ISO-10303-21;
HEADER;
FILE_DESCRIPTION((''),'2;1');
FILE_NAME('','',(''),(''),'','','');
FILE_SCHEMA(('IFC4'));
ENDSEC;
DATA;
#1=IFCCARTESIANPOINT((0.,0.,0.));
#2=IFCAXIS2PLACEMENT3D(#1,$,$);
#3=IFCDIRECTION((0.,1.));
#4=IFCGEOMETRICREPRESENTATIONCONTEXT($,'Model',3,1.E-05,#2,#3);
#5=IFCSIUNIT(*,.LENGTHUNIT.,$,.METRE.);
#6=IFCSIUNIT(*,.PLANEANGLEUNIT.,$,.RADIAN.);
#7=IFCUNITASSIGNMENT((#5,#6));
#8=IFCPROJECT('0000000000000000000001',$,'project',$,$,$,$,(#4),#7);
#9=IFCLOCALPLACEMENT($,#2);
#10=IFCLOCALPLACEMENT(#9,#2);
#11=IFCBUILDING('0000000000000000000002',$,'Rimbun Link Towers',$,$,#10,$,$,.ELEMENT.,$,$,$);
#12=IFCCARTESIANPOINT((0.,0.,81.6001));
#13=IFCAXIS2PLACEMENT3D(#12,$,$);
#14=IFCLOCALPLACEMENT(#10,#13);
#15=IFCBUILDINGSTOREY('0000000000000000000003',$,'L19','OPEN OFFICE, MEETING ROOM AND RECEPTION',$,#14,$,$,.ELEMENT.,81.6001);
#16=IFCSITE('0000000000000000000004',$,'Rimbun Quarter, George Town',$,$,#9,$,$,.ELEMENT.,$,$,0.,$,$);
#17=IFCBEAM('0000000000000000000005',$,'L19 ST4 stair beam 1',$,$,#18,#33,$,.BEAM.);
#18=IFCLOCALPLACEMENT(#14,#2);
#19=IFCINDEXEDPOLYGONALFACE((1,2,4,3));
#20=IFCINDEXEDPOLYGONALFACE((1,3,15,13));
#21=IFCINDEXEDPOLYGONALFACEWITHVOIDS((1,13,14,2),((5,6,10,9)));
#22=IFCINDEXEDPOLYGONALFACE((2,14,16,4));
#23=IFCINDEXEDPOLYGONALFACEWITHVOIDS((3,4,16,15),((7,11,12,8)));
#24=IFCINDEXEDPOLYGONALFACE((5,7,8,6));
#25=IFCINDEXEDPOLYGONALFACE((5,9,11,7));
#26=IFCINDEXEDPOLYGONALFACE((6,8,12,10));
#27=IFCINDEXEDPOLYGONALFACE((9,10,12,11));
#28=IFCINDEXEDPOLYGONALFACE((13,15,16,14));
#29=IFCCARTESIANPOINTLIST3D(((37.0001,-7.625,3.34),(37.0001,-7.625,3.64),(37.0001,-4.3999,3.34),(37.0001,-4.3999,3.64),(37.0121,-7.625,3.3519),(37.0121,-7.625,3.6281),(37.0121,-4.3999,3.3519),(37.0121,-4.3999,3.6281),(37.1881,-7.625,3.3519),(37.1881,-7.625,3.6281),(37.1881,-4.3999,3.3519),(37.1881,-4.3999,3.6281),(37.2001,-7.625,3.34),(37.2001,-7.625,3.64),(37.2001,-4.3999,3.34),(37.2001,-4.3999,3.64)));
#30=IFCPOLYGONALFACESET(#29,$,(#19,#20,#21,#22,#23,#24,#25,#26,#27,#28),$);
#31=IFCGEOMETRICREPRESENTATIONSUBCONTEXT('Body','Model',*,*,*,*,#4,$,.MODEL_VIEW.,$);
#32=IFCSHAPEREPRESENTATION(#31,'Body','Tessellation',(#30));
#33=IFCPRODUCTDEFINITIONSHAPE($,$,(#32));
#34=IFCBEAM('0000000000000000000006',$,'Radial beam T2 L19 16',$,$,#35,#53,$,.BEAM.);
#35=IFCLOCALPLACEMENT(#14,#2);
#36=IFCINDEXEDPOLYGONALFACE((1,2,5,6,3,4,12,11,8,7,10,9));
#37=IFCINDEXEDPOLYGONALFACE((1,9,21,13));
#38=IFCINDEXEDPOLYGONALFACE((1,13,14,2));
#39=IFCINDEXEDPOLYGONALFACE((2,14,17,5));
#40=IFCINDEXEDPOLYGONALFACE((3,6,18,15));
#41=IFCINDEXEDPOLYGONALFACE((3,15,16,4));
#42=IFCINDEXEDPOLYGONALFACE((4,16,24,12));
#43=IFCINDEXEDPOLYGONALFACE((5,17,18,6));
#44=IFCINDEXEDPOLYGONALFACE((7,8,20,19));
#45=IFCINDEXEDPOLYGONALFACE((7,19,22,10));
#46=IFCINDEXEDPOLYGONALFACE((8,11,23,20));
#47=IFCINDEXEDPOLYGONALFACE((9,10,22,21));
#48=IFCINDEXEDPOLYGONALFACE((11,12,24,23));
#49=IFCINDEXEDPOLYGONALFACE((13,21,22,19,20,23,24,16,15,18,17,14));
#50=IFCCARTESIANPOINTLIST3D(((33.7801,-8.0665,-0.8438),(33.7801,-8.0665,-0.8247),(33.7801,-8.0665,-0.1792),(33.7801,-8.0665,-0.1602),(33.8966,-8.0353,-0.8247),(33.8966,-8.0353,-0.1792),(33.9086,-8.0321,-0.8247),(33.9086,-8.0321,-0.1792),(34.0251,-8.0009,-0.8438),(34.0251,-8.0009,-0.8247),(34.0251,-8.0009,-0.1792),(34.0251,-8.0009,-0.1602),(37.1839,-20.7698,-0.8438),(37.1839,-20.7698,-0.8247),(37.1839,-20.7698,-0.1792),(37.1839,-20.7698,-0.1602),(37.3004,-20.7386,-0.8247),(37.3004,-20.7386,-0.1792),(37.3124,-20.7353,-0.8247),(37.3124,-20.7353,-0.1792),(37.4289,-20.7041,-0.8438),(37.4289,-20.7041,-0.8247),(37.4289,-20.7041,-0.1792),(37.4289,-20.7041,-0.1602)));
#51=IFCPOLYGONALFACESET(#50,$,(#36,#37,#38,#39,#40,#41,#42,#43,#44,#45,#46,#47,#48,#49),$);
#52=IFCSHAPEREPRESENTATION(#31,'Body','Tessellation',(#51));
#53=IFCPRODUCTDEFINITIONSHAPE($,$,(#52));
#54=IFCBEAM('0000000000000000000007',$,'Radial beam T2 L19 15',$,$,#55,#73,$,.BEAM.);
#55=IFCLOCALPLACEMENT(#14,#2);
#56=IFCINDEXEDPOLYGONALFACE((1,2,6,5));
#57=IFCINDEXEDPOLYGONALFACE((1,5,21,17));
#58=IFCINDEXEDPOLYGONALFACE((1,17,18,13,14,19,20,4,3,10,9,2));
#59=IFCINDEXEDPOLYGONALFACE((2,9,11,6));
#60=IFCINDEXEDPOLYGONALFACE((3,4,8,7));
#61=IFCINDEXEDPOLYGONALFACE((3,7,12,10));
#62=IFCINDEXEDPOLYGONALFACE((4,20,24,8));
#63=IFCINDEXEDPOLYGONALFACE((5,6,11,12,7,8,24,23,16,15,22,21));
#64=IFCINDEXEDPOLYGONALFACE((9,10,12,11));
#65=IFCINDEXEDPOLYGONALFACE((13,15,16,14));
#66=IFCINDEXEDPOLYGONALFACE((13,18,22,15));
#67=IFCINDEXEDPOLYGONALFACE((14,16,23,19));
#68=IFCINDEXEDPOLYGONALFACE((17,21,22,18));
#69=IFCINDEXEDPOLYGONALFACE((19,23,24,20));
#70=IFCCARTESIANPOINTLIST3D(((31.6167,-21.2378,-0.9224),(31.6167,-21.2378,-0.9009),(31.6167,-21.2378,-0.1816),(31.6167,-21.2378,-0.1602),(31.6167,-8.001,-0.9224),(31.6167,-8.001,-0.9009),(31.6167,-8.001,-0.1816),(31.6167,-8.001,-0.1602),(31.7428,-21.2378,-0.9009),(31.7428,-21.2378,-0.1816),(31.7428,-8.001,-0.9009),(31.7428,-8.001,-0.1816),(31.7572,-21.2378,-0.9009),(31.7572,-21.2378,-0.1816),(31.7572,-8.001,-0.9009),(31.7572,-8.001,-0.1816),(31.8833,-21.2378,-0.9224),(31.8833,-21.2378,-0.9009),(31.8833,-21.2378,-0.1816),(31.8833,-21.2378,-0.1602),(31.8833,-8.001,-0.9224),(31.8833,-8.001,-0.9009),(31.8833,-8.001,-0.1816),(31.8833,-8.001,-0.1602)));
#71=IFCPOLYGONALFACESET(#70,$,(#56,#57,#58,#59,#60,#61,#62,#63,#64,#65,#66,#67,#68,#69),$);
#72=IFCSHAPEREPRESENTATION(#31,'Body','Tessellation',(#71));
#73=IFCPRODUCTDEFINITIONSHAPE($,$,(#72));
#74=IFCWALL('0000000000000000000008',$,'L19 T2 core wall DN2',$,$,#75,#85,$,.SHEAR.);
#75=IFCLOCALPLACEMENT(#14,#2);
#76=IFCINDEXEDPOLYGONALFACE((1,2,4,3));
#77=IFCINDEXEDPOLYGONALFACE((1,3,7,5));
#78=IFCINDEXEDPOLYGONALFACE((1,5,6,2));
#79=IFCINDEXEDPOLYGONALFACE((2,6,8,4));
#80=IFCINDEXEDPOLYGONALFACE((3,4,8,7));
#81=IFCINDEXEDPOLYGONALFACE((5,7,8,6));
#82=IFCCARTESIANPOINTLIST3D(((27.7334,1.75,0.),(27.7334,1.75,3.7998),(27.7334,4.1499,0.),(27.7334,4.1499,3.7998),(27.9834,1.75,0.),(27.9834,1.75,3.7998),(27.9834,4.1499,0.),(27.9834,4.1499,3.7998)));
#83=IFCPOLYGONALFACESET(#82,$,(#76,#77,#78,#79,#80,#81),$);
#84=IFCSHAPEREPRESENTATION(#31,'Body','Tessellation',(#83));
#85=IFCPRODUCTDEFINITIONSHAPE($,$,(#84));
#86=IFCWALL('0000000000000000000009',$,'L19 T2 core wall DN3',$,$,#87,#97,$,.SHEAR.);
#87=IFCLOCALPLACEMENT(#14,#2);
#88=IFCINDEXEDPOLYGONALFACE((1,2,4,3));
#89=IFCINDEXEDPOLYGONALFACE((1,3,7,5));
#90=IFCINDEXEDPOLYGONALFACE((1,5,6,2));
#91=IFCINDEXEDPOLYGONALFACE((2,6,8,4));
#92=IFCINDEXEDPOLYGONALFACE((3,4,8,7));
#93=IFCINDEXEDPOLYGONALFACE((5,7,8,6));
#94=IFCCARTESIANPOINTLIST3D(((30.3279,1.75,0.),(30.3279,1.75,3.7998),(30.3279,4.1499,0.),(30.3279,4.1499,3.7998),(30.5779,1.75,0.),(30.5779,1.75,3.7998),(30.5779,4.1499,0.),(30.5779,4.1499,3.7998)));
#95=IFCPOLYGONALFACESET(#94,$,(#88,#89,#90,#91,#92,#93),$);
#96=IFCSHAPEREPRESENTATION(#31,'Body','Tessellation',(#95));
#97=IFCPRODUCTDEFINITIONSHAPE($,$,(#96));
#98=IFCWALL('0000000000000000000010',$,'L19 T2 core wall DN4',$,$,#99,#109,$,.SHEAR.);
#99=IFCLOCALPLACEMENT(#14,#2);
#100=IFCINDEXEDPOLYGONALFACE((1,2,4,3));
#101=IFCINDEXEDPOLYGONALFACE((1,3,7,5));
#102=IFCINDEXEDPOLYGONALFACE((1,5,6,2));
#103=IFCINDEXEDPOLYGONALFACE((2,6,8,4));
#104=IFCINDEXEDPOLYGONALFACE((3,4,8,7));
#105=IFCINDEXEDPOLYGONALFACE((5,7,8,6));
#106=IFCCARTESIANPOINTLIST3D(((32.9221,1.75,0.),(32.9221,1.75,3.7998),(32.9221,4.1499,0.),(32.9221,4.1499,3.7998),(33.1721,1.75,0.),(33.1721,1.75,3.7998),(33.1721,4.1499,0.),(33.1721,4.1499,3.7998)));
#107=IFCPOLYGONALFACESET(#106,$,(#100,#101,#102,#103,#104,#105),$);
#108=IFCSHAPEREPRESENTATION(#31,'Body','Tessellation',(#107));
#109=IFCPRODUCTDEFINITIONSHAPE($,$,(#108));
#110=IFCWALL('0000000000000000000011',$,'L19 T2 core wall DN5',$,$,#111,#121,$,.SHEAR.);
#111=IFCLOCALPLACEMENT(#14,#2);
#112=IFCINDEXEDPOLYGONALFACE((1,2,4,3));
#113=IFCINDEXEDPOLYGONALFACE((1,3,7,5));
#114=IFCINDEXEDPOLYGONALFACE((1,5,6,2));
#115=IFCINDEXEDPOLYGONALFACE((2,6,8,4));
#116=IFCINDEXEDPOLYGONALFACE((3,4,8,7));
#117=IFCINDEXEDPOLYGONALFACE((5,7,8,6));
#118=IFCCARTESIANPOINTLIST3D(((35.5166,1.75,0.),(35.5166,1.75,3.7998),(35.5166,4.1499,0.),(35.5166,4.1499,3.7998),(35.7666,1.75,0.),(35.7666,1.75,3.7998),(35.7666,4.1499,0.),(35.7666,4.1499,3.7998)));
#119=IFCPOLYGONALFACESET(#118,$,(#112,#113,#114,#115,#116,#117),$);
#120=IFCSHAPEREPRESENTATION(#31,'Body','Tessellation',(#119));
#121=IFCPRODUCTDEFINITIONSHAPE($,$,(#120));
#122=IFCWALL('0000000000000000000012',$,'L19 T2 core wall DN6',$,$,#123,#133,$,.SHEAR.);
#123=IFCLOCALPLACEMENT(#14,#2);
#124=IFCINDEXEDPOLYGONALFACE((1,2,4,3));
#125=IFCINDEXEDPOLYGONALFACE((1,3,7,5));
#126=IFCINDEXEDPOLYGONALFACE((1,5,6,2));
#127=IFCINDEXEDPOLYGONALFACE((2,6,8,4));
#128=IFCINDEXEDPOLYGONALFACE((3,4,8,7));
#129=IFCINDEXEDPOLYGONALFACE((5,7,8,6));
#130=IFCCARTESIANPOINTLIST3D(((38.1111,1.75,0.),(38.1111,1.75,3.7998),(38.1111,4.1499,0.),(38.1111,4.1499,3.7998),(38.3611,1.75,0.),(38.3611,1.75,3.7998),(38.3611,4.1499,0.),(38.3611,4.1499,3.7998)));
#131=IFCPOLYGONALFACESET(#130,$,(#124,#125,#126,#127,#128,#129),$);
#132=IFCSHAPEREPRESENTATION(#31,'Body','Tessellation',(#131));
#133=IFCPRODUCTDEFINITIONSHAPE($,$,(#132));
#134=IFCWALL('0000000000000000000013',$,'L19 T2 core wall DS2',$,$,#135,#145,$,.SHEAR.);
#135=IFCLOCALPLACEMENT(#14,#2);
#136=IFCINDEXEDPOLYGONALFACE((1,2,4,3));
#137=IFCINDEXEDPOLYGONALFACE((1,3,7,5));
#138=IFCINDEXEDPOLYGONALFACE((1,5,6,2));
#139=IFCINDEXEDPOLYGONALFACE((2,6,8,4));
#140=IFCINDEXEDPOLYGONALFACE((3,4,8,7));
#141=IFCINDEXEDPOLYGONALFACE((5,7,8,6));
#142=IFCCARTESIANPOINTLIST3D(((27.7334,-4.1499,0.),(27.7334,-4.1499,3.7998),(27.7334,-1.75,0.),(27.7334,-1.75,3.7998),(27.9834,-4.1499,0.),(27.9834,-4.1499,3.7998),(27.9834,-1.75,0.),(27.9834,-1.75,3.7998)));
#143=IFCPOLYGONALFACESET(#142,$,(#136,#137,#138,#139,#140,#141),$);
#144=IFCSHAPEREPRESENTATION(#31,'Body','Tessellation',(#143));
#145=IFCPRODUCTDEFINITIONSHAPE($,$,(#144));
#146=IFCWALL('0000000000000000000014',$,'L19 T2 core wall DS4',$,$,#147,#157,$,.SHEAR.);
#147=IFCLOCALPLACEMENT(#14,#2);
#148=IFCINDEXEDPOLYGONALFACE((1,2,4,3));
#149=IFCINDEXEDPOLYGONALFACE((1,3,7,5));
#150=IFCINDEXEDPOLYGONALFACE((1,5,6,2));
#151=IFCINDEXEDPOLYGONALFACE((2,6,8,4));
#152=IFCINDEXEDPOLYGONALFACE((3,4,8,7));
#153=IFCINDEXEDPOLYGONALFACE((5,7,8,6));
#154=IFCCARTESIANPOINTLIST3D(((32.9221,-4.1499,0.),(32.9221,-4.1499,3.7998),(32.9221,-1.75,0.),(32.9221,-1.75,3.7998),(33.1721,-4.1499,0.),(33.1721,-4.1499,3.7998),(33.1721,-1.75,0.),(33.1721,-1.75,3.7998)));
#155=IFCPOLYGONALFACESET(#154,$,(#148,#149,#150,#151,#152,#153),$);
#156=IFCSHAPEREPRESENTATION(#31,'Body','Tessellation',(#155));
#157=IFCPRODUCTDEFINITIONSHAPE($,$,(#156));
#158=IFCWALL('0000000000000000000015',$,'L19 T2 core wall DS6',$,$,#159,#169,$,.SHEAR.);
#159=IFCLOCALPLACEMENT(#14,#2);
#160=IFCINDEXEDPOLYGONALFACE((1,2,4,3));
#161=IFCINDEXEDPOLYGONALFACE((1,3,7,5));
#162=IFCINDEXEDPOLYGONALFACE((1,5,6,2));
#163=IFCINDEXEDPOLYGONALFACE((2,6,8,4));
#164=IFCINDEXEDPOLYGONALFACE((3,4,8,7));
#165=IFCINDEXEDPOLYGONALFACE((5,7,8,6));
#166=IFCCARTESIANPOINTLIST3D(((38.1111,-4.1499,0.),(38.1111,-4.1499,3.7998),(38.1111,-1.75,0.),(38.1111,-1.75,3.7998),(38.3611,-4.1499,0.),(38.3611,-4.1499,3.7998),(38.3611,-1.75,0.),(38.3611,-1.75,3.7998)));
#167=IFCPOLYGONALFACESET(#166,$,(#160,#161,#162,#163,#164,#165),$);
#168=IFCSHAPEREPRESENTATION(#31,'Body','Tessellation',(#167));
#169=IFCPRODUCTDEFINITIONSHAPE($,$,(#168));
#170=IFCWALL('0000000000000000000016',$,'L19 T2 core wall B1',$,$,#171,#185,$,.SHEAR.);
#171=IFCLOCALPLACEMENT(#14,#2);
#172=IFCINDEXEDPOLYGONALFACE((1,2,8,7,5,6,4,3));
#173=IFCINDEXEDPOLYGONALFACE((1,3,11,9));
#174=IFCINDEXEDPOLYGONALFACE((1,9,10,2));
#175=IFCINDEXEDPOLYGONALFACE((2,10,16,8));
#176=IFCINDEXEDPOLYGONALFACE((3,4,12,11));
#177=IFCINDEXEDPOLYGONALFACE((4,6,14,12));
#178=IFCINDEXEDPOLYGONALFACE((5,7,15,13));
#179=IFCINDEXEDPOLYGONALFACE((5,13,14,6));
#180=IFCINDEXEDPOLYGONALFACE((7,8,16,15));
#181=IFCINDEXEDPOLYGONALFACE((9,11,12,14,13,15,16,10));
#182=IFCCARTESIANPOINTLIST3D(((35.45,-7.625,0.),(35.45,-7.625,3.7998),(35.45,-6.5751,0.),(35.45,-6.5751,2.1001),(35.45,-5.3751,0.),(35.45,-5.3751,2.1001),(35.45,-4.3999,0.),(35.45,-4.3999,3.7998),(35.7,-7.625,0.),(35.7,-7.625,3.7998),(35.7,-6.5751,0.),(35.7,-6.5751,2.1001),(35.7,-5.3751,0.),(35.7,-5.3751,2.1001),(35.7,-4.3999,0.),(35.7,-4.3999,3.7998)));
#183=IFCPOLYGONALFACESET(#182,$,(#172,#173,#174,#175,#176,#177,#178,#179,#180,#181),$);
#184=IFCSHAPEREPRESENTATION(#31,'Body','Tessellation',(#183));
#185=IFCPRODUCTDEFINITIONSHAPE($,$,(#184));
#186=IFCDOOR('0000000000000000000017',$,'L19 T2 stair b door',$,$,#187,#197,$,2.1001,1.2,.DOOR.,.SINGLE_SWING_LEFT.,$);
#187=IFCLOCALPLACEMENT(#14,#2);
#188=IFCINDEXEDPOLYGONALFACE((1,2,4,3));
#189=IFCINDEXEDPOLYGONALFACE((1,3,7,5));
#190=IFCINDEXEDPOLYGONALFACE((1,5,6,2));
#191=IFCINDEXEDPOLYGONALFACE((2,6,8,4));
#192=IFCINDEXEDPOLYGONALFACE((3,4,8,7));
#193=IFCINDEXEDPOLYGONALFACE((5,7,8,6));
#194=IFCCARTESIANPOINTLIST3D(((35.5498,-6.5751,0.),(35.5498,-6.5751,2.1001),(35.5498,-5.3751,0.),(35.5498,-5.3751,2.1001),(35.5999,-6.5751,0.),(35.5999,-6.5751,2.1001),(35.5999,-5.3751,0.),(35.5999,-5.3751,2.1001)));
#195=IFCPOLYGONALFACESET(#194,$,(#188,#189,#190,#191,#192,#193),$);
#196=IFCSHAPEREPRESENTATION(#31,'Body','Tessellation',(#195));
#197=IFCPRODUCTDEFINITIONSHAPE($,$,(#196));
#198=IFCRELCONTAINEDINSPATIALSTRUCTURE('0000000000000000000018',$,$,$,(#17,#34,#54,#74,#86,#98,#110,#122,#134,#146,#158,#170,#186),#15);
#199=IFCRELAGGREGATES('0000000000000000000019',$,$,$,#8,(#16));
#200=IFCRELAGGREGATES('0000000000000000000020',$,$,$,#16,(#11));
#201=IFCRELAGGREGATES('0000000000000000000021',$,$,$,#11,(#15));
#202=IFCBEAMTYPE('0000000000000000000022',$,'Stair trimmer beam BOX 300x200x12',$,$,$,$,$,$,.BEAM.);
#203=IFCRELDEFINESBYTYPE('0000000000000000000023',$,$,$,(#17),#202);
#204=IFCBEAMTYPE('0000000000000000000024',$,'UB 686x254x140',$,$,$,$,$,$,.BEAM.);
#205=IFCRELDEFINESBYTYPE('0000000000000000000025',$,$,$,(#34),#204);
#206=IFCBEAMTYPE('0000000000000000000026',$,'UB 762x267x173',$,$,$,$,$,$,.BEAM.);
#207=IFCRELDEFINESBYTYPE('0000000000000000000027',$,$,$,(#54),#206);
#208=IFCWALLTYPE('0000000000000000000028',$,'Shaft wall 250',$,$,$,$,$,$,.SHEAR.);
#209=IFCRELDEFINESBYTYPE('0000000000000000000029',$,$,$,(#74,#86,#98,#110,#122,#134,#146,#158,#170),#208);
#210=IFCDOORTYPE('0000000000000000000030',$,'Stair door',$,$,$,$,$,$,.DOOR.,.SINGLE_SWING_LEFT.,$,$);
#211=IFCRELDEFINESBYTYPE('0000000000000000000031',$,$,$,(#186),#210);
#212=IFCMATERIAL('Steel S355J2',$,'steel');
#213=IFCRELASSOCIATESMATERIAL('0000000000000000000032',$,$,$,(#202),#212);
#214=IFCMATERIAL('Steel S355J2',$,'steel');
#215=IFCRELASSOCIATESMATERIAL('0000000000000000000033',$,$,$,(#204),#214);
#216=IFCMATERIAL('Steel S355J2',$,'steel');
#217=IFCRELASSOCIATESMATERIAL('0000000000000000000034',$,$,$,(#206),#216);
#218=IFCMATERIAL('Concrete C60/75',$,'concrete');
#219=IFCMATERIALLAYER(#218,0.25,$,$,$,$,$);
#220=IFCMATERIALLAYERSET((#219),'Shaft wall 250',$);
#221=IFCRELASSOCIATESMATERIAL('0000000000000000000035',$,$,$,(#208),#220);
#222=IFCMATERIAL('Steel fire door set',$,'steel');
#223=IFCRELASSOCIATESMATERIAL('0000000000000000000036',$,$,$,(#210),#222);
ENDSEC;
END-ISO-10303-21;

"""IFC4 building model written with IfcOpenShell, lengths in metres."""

from ifc_helpers import new_model, si_unit, direction, frame, frame_2d, origin, origin_2d, place, context, subcontext, project, spatial, rectangle, hollow_rectangle, i_section, extrude, material, layer, layer_set, material_profile, profile_set, type_object, element, fill, save


model = new_model("IFC4")

# Units and contexts
model_context = context("Model", 3, precision=1e-05, world=origin(), true_north=direction((0.0, 1.0)))
body_context = subcontext(model_context, "Body", "Model", "MODEL_VIEW")
ifc_project = project(units=[si_unit("LENGTHUNIT", "METRE"), si_unit("PLANEANGLEUNIT", "RADIAN")], contexts=[model_context])

# Site, building, storey
site_placement = place(None, origin())
site = spatial("IfcSite", under=ifc_project, at=site_placement, Name="Rimbun Quarter, George Town", CompositionType="ELEMENT", RefElevation=0.0)
building_placement = place(site_placement, origin())
building = spatial("IfcBuilding", under=site, at=building_placement, Name="Rimbun Link Towers", CompositionType="ELEMENT")
storey_placement = place(building_placement, frame((0.0, 0.0, 81.6001)))
storey = spatial("IfcBuildingStorey", under=building, at=storey_placement, Name="L19", Description="OPEN OFFICE, MEETING ROOM AND RECEPTION", CompositionType="ELEMENT", Elevation=81.6001)

# Beams
ifc_material_1 = material(Name="Steel S355J2", Category="steel")
ifc_material_profile_1 = material_profile(ifc_material_1, hollow_rectangle(XDim=0.2, YDim=0.3, WallThickness=0.012, at=origin_2d()), Name="BOX 300x200x12")
ifc_profile_set_1 = profile_set([ifc_material_profile_1], Name="Steel S355J2")
beam_type_1 = type_object("IfcBeamType", Name="Stair trimmer beam BOX 300x200x12", PredefinedType="BEAM", material=ifc_profile_set_1)
beam_1_placement = place(storey_placement, frame((37.1001, -7.625, 3.49), z_axis=(0.0, 1.0, 0.0), x_axis=(-1.0, 0.0, 0.0)))
element("IfcBeam", 1, at=beam_1_placement, inside=storey, type_object=beam_type_1, Name="L19 ST4 stair beam 1", PredefinedType="BEAM", context=body_context, shape_type="SweptSolid", body=[
    extrude(hollow_rectangle(XDim=0.2, YDim=0.3, WallThickness=0.012, at=origin_2d()), origin(), (0.0, 0.0, 1.0), 3.2251),
])
ifc_material_2 = material(Name="Steel S355J2", Category="steel")
ifc_material_profile_2 = material_profile(ifc_material_2, i_section(OverallWidth=0.2537, OverallDepth=0.6836, WebThickness=0.0125, FlangeThickness=0.019, at=origin_2d()), Name="UB 686x254x140")
ifc_profile_set_2 = profile_set([ifc_material_profile_2], Name="Steel S355J2")
beam_type_2 = type_object("IfcBeamType", Name="UB 686x254x140", PredefinedType="BEAM", material=ifc_profile_set_2)
beam_2_placement = place(storey_placement, frame((33.9026, -8.0337, -0.502), z_axis=(0.258816, -0.965927, 0.0), x_axis=(0.965927, 0.258816, 0.0)))
element("IfcBeam", 2, at=beam_2_placement, inside=storey, type_object=beam_type_2, Name="Radial beam T2 L19 16", PredefinedType="BEAM", context=body_context, shape_type="SweptSolid", body=[
    extrude(i_section(OverallWidth=0.2537, OverallDepth=0.6836, WebThickness=0.0125, FlangeThickness=0.019, at=origin_2d()), origin(), (0.0, 0.0, 1.0), 13.1514),
])
ifc_material_3 = material(Name="Steel S355J2", Category="steel")
ifc_material_profile_3 = material_profile(ifc_material_3, i_section(OverallWidth=0.2666, OverallDepth=0.7622, WebThickness=0.0144, FlangeThickness=0.0215, at=origin_2d()), Name="UB 762x267x173")
ifc_profile_set_3 = profile_set([ifc_material_profile_3], Name="Steel S355J2")
beam_type_3 = type_object("IfcBeamType", Name="UB 762x267x173", PredefinedType="BEAM", material=ifc_profile_set_3)
beam_3_placement = place(storey_placement, frame((31.75, -8.001, -0.5413), z_axis=(0.0, -1.0, 0.0), x_axis=(1.0, 0.0, 0.0)))
element("IfcBeam", 3, at=beam_3_placement, inside=storey, type_object=beam_type_3, Name="Radial beam T2 L19 15", PredefinedType="BEAM", context=body_context, shape_type="SweptSolid", body=[
    extrude(i_section(OverallWidth=0.2666, OverallDepth=0.7622, WebThickness=0.0144, FlangeThickness=0.0215, at=origin_2d()), origin(), (0.0, 0.0, 1.0), 13.2368),
])

# Walls
ifc_material_4 = material(Name="Concrete C60/75", Category="concrete")
ifc_layer = layer(ifc_material_4, 0.25)
ifc_layer_set = layer_set([ifc_layer], Name="Shaft wall 250")
wall_type = type_object("IfcWallType", Name="Shaft wall 250", PredefinedType="SHEAR", material=ifc_layer_set)
for number, where, z_axis, x_axis, name in (
    (4, (27.8584, 1.75, 0.0), (0.0, 0.0, 1.0), (0.0, 1.0, 0.0), "L19 T2 core wall DN2"),
    (5, (30.4529, 1.75, 0.0), (0.0, 0.0, 1.0), (0.0, 1.0, 0.0), "L19 T2 core wall DN3"),
    (6, (33.0471, 1.75, 0.0), (0.0, 0.0, 1.0), (0.0, 1.0, 0.0), "L19 T2 core wall DN4"),
    (7, (35.6416, 1.75, 0.0), (0.0, 0.0, 1.0), (0.0, 1.0, 0.0), "L19 T2 core wall DN5"),
    (8, (38.2361, 1.75, 0.0), (0.0, 0.0, 1.0), (0.0, 1.0, 0.0), "L19 T2 core wall DN6"),
    (9, (27.8584, -4.1499, 0.0), (0.0, 0.0, 1.0), (0.0, 1.0, 0.0), "L19 T2 core wall DS2"),
    (10, (33.0471, -4.1499, 0.0), (0.0, 0.0, 1.0), (0.0, 1.0, 0.0), "L19 T2 core wall DS4"),
    (11, (38.2361, -4.1499, 0.0), (0.0, 0.0, 1.0), (0.0, 1.0, 0.0), "L19 T2 core wall DS6"),
):
    element("IfcWall", number, at=place(storey_placement, frame(where, z_axis=z_axis, x_axis=x_axis)), inside=storey, type_object=wall_type, Name=name, PredefinedType="SHEAR", context=body_context, shape_type="SweptSolid", body=[
        extrude(rectangle(XDim=2.3999, YDim=0.25, at=frame_2d((1.2, 0.0))), origin(), (0.0, 0.0, 1.0), 3.7998),
    ])

# Wall, opening, door
wall_1_placement = place(storey_placement, frame((35.575, -4.3999, 0.0), z_axis=(0.0, 0.0, 1.0), x_axis=(0.0, -1.0, 0.0)))
wall_1 = element("IfcWall", 12, at=wall_1_placement, inside=storey, type_object=wall_type, Name="L19 T2 core wall B1", PredefinedType="SHEAR", context=body_context, shape_type="SweptSolid", body=[
    extrude(rectangle(XDim=3.2251, YDim=0.25, at=frame_2d((1.6125, 0.0))), origin(), (0.0, 0.0, 1.0), 3.7998),
])
opening_1_placement = place(wall_1_placement, frame((0.9751, 0.0, 0.0)))
opening_1 = element("IfcOpeningElement", 13, at=opening_1_placement, cuts=wall_1, PredefinedType="OPENING", context=body_context, shape_type="SweptSolid", body=[
    extrude(rectangle(XDim=1.2, YDim=2.1001, at=frame_2d((0.6001, 1.05))), frame((0.0, 0.135, 0.0), z_axis=(0.0, -1.0, 0.0), x_axis=(1.0, 0.0, 0.0)), (0.0, 0.0, 1.0), 0.27),
])
ifc_material_5 = material(Name="Steel fire door set", Category="steel")
door_type_1 = type_object("IfcDoorType", Name="Stair door", OperationType="SINGLE_SWING_LEFT", PredefinedType="DOOR", material=ifc_material_5)
door_1_placement = place(opening_1_placement, origin())
door_1 = element("IfcDoor", 14, at=door_1_placement, inside=storey, type_object=door_type_1, Name="L19 T2 stair b door", OperationType="SINGLE_SWING_LEFT", OverallHeight=2.1001, OverallWidth=1.2, PredefinedType="DOOR", context=body_context, shape_type="SweptSolid", body=[
    extrude(rectangle(XDim=1.2, YDim=2.1001, at=frame_2d((0.6001, 1.05))), frame((0.0, 0.0249, 0.0), z_axis=(0.0, -1.0, 0.0), x_axis=(1.0, 0.0, 0.0)), (0.0, 0.0, 1.0), 0.05),
])
fill(opening_1, door_1)

save(model, "model.ifc")
